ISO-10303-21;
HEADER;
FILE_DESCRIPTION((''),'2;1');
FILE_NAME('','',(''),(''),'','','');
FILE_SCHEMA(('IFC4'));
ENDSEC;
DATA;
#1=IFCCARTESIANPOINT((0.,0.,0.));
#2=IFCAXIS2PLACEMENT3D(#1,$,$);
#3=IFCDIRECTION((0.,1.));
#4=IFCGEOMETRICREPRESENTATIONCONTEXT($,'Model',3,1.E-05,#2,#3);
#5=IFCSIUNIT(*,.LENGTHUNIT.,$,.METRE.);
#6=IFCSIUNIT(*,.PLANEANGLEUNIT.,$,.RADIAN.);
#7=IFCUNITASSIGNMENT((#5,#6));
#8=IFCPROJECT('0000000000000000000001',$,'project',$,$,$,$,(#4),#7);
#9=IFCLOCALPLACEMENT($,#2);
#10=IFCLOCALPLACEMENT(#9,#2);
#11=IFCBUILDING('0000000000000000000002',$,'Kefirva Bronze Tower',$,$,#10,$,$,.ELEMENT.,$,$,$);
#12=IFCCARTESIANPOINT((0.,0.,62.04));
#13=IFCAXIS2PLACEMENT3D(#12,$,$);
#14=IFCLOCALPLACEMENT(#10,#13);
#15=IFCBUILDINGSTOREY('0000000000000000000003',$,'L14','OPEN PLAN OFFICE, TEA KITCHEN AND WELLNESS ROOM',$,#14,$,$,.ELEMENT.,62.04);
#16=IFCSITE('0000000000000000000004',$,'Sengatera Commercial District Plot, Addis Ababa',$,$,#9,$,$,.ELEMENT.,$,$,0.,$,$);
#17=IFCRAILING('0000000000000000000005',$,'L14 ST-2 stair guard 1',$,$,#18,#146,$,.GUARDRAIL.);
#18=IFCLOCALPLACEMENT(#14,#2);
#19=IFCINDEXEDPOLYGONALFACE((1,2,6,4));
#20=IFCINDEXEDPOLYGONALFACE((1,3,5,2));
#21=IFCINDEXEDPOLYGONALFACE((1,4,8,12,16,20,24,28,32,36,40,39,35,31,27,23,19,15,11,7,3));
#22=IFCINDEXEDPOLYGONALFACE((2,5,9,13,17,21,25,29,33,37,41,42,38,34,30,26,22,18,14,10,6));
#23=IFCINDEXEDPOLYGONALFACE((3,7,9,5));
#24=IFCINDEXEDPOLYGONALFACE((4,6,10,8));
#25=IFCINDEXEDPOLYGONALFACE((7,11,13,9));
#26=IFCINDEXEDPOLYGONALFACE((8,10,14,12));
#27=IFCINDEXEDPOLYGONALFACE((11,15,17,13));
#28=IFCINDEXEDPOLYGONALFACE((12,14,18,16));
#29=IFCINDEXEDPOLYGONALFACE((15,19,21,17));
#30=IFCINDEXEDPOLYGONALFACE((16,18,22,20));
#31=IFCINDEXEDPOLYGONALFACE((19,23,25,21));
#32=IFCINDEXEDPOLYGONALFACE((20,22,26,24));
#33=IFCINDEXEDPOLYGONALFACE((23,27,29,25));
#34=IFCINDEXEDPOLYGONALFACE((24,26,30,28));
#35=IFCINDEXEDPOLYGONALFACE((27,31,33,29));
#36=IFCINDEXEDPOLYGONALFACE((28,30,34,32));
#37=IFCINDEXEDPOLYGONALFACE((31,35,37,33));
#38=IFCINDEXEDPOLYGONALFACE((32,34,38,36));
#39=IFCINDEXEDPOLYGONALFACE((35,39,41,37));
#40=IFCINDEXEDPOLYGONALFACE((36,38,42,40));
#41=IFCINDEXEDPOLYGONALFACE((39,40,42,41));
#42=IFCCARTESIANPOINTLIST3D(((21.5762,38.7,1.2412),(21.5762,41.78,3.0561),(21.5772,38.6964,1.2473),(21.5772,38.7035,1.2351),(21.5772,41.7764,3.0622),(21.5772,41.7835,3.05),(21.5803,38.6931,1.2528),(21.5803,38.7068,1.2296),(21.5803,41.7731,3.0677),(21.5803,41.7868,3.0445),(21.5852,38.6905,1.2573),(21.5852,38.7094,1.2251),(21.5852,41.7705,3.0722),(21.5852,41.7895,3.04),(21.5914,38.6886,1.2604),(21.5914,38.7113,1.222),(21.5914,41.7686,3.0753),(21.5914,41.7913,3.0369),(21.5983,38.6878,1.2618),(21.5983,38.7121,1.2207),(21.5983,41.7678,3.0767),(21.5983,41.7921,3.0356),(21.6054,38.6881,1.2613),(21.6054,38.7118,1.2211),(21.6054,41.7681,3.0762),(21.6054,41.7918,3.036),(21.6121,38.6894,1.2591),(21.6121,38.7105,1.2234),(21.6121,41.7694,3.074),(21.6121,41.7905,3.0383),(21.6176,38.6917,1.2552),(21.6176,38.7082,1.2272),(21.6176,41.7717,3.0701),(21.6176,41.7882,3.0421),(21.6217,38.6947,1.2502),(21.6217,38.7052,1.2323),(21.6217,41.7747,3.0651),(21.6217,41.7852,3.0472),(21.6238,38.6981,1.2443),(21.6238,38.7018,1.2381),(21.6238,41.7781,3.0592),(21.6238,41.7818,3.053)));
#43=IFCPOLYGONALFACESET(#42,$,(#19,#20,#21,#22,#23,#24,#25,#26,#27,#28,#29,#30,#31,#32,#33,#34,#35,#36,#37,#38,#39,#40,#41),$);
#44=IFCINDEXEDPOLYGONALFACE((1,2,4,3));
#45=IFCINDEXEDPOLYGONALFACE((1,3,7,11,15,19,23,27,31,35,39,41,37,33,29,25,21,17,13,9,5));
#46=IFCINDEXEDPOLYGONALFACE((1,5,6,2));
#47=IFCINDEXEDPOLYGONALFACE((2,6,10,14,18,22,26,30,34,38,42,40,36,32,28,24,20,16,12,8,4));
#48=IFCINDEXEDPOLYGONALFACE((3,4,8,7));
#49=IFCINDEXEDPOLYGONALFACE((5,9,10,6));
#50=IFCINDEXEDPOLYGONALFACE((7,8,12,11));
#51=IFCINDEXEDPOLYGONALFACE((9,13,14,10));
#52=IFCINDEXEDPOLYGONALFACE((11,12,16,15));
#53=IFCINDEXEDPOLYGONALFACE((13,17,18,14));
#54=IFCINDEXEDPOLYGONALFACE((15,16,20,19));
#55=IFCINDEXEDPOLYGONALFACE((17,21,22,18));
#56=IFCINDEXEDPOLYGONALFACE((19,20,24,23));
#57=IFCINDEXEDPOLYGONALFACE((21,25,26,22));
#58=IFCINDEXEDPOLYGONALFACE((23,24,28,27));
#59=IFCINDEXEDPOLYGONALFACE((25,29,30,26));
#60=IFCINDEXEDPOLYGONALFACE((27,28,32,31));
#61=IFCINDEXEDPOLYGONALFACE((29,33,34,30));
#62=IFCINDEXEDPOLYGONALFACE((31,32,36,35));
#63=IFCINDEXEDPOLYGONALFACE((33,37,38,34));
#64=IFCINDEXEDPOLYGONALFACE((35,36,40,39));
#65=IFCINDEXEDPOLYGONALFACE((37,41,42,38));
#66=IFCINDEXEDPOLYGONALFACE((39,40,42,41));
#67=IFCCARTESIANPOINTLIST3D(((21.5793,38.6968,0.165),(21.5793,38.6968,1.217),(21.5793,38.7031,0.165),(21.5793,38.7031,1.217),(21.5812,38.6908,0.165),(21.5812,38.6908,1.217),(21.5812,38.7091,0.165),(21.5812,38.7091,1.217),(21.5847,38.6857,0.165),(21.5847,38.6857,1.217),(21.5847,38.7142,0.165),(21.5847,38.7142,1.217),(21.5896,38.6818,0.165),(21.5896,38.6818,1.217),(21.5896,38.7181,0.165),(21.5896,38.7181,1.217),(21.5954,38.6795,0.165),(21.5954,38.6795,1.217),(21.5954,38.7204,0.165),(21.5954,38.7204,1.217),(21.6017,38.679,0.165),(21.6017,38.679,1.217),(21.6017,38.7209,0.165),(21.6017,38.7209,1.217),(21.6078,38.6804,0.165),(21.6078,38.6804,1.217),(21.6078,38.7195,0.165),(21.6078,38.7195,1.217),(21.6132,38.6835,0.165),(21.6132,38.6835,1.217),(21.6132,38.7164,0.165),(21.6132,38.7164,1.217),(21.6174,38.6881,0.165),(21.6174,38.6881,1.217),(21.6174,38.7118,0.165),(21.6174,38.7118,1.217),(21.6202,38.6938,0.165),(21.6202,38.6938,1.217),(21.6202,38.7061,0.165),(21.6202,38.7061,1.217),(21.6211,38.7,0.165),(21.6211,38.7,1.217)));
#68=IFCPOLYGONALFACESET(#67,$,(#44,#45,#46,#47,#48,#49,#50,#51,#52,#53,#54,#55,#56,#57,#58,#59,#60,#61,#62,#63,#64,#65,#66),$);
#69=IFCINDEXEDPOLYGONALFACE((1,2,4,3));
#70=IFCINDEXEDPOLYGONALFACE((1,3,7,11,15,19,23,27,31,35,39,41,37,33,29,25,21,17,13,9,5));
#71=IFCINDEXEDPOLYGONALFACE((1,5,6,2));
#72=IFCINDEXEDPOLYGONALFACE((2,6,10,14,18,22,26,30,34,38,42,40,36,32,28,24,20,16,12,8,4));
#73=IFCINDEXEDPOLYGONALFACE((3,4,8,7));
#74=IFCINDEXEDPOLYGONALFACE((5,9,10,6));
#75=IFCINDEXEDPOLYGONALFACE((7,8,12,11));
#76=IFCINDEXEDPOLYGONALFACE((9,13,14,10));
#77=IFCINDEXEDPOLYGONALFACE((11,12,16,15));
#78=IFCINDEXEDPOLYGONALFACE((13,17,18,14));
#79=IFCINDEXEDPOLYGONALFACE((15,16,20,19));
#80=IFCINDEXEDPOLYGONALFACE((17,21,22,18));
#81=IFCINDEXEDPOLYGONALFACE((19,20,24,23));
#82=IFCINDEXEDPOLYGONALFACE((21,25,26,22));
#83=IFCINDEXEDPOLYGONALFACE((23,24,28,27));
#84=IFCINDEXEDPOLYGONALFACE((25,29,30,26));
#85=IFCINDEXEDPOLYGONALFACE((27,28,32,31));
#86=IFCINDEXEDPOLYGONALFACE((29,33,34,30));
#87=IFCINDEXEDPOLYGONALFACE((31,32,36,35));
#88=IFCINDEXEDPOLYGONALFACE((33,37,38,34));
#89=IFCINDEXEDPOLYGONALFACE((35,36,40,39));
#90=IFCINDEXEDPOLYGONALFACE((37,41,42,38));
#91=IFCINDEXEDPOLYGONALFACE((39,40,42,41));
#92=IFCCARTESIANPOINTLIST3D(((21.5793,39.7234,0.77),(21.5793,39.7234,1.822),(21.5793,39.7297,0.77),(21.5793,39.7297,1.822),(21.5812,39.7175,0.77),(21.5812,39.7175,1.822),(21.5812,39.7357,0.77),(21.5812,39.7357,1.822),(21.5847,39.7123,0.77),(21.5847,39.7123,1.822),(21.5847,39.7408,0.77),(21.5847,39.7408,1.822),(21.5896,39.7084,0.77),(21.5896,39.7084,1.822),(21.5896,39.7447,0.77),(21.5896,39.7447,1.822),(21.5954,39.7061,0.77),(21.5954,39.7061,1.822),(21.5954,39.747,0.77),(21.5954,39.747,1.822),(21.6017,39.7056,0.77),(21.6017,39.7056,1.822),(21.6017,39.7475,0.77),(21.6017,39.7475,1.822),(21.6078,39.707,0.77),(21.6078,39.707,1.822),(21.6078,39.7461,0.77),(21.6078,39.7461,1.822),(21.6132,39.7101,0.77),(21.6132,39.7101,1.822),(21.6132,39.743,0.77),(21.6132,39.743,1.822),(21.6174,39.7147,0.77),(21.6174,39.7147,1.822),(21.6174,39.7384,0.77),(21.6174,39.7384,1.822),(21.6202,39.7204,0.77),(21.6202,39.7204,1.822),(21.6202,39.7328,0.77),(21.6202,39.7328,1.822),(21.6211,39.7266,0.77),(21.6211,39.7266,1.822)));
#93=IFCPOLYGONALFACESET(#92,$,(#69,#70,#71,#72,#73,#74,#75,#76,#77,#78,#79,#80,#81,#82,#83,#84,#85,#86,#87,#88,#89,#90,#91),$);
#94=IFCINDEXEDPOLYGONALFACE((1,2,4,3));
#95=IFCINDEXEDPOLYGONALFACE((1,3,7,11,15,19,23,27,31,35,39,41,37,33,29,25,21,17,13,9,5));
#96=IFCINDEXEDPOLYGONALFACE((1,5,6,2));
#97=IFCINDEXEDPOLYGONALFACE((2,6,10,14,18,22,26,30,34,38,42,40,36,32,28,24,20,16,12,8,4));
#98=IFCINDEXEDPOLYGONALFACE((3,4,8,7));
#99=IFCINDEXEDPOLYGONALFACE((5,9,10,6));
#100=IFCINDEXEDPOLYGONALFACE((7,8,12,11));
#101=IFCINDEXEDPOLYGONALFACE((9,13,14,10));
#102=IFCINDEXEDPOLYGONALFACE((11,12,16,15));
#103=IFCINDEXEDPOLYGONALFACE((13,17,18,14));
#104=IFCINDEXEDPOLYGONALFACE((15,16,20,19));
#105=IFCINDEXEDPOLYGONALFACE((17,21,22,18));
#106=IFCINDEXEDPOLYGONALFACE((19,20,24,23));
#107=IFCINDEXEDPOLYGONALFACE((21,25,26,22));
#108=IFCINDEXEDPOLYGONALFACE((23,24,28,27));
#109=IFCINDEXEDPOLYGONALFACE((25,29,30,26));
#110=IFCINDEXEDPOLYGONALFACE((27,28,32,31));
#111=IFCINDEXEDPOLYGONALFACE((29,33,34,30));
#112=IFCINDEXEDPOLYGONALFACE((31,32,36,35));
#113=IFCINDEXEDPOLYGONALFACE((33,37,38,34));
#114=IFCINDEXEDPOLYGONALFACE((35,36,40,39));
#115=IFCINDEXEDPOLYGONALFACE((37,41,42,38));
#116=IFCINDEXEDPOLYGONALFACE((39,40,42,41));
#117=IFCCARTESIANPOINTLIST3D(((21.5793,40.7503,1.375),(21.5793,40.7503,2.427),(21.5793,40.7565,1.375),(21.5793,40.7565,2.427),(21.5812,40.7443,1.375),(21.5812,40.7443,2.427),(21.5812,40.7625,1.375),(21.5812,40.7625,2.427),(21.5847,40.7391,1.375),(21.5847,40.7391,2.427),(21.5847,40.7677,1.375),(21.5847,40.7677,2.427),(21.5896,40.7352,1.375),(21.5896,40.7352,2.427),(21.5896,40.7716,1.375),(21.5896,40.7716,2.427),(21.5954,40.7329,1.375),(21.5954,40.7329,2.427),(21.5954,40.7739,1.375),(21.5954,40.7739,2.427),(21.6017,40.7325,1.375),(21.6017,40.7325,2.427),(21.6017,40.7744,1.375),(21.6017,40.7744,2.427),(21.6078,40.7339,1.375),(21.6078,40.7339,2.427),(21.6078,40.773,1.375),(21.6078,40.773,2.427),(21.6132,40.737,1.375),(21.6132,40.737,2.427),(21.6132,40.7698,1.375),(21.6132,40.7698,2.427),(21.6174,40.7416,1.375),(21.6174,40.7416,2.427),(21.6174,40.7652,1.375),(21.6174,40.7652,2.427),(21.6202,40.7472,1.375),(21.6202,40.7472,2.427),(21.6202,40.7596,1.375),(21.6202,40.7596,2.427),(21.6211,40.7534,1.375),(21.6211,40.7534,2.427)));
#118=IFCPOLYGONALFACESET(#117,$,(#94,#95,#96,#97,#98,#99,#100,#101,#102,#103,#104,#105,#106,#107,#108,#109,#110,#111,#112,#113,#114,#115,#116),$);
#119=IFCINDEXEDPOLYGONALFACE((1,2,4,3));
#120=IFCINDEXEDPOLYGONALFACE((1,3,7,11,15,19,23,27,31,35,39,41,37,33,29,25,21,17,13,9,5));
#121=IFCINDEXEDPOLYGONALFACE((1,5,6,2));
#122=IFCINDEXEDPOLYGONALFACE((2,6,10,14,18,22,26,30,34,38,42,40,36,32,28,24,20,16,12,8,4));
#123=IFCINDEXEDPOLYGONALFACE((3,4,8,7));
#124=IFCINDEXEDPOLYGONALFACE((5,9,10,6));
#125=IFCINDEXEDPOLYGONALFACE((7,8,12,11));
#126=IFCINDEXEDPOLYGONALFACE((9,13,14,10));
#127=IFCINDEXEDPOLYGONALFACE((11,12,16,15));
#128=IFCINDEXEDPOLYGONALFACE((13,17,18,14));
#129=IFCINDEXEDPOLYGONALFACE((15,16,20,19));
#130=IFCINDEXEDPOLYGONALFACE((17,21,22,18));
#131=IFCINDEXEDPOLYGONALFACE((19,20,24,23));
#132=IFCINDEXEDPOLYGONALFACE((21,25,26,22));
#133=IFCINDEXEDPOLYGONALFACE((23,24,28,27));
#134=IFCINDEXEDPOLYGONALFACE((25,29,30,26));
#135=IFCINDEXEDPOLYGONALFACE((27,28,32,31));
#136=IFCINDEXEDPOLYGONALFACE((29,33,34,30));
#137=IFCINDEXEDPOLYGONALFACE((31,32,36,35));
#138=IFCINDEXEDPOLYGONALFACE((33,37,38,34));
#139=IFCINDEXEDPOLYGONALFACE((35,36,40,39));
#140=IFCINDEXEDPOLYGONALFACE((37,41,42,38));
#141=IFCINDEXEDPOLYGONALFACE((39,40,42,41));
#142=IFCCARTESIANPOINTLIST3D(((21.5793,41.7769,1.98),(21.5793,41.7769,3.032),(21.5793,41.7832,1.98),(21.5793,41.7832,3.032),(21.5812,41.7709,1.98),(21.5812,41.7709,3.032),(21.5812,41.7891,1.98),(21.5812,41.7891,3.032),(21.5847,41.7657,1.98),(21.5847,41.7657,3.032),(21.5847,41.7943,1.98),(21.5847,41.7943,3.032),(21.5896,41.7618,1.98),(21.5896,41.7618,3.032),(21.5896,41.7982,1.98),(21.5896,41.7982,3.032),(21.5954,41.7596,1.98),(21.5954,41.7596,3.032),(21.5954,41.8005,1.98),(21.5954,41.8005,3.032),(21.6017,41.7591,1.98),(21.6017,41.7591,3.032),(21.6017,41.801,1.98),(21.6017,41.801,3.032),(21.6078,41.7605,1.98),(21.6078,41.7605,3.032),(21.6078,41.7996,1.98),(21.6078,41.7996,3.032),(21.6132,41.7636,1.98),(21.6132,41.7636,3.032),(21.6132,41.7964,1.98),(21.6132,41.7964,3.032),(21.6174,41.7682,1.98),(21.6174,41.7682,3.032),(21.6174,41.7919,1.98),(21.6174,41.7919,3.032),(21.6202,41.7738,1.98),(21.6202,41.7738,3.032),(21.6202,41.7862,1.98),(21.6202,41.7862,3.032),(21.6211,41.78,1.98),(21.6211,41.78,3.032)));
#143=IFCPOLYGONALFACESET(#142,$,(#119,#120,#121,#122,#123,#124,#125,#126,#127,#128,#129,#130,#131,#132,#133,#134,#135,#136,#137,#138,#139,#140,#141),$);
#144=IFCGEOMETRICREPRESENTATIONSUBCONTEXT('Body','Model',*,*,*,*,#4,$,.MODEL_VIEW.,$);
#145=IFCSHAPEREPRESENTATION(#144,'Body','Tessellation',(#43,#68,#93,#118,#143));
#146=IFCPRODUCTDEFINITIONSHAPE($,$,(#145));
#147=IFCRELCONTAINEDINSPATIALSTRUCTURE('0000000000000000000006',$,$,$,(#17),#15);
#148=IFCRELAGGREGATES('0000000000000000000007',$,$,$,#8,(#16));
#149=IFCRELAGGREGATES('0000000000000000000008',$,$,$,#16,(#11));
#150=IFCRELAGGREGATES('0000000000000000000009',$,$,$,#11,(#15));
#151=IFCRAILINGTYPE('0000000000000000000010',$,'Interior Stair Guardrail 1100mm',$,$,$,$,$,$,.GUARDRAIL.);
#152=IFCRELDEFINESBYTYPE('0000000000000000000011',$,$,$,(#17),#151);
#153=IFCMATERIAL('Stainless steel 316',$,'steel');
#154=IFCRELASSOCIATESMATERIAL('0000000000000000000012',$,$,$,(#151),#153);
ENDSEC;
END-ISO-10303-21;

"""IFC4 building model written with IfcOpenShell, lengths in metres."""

from ifc_helpers import new_model, si_unit, direction, frame, origin, origin_2d, place, context, subcontext, project, spatial, circle, extrude, material, type_object, element, save


model = new_model("IFC4")

# Units and contexts
model_context = context("Model", 3, precision=1e-05, world=origin(), true_north=direction((0.0, 1.0)))
body_context = subcontext(model_context, "Body", "Model", "MODEL_VIEW")
ifc_project = project(units=[si_unit("LENGTHUNIT", "METRE"), si_unit("PLANEANGLEUNIT", "RADIAN")], contexts=[model_context])

# Site, building, storey
site_placement = place(None, origin())
site = spatial("IfcSite", under=ifc_project, at=site_placement, Name="Sengatera Commercial District Plot, Addis Ababa", CompositionType="ELEMENT", RefElevation=0.0)
building_placement = place(site_placement, origin())
building = spatial("IfcBuilding", under=site, at=building_placement, Name="Kefirva Bronze Tower", CompositionType="ELEMENT")
storey_placement = place(building_placement, frame((0.0, 0.0, 62.04)))
storey = spatial("IfcBuildingStorey", under=building, at=storey_placement, Name="L14", Description="OPEN PLAN OFFICE, TEA KITCHEN AND WELLNESS ROOM", CompositionType="ELEMENT", Elevation=62.04)

# Railing
ifc_material_1 = material(Name="Stainless steel 316", Category="steel")
railing_type_1 = type_object("IfcRailingType", Name="Interior Stair Guardrail 1100mm", PredefinedType="GUARDRAIL", material=ifc_material_1)
railing_1_placement = place(storey_placement, frame((21.6001, 38.7, 0.165)))
element("IfcRailing", 1, at=railing_1_placement, inside=storey, type_object=railing_type_1, Name="L14 ST-2 stair guard 1", PredefinedType="GUARDRAIL", context=body_context, shape_type="SweptSolid", body=[
    extrude(circle(Radius=0.0239, at=origin_2d()), frame((0.0, 0.0, 1.0762), z_axis=(0.0, 0.861551, 0.507671), x_axis=(-1.0, 0.0, 0.0)), (0.0, 0.0, 1.0), 3.575),
    extrude(circle(Radius=0.021, at=origin_2d()), origin(), (0.0, 0.0, 1.0), 1.052),
    extrude(circle(Radius=0.021, at=origin_2d()), frame((0.0, 1.0266, 0.605)), (0.0, 0.0, 1.0), 1.052),
    extrude(circle(Radius=0.021, at=origin_2d()), frame((0.0, 2.0535, 1.21)), (0.0, 0.0, 1.0), 1.052),
    extrude(circle(Radius=0.021, at=origin_2d()), frame((0.0, 3.0801, 1.8149)), (0.0, 0.0, 1.0), 1.052),
])

save(model, "model.ifc")
